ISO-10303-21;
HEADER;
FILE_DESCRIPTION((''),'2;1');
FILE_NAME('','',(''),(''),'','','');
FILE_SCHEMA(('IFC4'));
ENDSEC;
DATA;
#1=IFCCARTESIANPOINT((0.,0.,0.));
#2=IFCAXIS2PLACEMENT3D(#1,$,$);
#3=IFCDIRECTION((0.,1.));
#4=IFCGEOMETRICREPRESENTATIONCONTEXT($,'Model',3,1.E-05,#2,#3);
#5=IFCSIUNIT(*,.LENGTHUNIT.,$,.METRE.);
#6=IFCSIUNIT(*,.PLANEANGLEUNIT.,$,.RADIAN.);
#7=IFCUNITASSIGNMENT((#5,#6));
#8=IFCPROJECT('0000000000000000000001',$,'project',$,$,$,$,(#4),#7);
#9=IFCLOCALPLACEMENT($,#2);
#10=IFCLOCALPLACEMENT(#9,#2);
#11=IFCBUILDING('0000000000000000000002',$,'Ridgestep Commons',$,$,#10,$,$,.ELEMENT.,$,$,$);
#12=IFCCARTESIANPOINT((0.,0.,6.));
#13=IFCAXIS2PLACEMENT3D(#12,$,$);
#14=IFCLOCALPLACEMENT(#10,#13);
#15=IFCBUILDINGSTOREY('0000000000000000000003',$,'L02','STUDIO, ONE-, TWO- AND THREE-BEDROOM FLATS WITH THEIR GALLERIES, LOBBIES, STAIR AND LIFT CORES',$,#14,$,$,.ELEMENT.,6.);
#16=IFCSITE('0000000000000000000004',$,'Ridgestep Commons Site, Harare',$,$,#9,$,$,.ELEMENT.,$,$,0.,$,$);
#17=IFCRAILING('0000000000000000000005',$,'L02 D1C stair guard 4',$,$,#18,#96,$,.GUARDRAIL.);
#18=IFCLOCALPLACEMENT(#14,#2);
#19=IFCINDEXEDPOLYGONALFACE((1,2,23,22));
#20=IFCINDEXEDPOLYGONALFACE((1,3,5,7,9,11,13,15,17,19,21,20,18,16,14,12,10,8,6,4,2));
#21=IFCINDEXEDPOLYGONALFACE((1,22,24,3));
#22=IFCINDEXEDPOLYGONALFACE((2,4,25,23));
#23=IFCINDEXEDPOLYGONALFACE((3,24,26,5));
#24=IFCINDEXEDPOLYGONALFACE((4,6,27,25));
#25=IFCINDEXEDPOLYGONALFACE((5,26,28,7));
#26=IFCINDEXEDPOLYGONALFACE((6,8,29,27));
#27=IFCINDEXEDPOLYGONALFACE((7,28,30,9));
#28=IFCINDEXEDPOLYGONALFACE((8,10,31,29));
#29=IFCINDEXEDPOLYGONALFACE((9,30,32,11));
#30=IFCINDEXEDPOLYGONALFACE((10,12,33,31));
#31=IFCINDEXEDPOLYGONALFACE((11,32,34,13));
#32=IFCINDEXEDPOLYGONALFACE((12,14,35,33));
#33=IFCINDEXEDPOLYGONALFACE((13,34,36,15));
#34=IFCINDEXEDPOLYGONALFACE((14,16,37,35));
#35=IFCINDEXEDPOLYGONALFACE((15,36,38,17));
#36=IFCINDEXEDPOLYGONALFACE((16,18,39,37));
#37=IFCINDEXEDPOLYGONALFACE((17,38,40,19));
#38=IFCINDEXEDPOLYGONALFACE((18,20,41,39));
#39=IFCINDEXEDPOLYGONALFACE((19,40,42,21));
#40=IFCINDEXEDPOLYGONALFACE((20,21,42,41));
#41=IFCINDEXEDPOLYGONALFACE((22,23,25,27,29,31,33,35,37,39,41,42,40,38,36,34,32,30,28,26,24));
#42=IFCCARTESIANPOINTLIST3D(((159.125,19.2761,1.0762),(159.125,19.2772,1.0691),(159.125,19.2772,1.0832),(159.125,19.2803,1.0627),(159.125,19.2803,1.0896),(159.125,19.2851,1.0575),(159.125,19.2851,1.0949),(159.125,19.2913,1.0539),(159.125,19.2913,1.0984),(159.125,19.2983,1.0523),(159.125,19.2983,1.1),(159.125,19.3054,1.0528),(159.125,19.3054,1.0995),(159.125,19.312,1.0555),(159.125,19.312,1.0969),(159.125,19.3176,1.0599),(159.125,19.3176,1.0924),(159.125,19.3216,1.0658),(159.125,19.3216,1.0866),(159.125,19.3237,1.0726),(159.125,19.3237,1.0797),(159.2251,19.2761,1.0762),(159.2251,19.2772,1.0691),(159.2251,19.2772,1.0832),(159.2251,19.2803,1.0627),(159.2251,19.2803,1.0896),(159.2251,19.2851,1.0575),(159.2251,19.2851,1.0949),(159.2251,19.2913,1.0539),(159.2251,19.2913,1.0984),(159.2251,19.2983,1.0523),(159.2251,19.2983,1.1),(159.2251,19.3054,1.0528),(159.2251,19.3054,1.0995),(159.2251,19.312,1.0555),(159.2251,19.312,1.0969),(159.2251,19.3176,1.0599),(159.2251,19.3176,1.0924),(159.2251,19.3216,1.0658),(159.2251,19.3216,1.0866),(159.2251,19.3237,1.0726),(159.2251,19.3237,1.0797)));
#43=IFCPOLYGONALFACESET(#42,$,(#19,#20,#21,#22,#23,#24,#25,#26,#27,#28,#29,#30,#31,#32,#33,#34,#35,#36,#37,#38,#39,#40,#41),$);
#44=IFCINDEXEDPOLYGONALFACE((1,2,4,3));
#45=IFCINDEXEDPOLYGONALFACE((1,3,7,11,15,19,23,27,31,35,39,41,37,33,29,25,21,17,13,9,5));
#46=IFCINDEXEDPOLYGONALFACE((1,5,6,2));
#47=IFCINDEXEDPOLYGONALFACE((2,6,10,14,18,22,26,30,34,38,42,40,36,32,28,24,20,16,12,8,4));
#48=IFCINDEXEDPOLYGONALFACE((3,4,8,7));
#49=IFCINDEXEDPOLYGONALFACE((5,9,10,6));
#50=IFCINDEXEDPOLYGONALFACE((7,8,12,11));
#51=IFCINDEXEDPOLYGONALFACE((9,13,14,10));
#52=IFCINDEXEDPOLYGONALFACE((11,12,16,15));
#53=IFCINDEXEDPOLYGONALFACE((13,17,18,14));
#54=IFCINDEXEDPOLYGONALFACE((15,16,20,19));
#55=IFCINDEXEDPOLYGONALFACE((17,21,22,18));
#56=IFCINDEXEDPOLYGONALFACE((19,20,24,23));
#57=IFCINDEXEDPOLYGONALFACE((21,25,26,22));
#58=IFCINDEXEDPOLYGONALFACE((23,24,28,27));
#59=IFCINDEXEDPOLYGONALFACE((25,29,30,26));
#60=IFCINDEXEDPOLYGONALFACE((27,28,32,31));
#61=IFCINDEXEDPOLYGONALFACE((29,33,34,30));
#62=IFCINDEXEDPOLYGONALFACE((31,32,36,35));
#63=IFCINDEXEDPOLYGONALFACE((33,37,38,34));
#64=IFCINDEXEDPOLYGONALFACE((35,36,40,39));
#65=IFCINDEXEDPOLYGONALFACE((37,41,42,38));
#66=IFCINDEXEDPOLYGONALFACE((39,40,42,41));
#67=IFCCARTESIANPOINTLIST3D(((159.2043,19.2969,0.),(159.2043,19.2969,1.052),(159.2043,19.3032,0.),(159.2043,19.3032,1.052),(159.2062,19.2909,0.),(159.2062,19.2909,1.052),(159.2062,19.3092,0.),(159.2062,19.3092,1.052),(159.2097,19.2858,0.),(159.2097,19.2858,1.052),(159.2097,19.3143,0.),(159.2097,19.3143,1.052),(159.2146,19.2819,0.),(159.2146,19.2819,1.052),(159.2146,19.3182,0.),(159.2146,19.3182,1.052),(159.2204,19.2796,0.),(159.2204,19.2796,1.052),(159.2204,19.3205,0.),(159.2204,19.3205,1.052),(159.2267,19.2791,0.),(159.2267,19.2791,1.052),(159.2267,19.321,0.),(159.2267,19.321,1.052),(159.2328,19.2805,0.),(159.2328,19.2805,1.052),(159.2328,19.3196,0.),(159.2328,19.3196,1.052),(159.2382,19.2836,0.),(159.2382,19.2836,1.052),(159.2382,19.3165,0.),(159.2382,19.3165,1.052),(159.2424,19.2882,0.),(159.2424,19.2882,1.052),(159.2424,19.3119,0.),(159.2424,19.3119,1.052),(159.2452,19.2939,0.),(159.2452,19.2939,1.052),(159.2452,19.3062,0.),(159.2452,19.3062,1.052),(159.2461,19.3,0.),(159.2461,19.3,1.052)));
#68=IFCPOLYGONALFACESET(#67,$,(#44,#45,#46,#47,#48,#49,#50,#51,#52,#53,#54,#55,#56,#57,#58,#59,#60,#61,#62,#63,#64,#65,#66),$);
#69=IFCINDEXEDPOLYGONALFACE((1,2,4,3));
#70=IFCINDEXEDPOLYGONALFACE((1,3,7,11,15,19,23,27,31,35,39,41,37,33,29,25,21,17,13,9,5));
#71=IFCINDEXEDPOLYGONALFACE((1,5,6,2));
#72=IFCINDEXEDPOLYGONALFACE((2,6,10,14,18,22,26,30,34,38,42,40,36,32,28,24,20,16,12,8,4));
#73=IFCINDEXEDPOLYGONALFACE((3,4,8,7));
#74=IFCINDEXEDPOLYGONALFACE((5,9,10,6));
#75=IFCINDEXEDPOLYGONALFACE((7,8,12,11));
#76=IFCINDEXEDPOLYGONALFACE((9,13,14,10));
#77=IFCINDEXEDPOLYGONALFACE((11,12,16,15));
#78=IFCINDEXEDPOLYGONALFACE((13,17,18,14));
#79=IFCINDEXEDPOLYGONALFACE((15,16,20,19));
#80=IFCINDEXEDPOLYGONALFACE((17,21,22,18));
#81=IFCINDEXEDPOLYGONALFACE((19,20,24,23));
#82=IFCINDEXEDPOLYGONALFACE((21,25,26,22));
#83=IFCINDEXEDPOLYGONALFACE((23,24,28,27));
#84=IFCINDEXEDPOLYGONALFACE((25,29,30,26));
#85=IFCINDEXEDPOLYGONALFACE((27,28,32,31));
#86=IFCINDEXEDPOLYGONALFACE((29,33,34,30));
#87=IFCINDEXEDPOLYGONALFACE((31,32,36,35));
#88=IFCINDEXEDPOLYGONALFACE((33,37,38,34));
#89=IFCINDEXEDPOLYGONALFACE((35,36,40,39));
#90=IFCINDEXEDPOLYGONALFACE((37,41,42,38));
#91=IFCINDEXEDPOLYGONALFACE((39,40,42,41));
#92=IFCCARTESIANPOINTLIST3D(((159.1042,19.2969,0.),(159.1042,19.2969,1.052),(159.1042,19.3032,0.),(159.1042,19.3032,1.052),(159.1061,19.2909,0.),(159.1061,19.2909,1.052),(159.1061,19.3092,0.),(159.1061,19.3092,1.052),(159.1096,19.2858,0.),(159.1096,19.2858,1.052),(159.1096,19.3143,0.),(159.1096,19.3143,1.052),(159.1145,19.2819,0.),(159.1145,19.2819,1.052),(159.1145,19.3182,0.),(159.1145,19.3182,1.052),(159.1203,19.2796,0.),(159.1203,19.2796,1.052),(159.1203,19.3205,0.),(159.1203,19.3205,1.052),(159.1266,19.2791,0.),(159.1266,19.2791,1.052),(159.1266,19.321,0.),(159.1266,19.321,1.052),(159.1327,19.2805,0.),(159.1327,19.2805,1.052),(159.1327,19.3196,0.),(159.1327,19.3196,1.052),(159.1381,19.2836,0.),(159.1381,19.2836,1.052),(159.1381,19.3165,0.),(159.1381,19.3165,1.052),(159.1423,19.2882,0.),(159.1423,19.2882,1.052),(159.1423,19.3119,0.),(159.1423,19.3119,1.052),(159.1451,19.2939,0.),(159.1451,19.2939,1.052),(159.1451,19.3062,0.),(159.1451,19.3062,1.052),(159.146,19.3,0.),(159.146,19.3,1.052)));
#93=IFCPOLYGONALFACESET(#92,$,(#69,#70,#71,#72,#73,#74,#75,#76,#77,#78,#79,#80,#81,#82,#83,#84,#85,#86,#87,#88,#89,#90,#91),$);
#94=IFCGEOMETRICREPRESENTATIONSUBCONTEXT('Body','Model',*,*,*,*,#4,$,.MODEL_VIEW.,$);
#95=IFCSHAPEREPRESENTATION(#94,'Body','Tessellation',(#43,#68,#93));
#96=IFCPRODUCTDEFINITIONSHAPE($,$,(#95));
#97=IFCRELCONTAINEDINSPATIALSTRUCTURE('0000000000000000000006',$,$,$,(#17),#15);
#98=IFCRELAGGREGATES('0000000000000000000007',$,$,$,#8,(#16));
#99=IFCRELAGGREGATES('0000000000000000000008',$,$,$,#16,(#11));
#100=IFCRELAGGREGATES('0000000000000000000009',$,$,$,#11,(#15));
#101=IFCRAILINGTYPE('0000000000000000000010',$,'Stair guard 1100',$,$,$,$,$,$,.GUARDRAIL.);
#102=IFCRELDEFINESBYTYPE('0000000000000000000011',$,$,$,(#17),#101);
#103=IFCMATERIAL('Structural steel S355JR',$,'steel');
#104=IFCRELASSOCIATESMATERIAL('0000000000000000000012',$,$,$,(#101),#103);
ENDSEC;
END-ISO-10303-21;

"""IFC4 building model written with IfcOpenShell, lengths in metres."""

from ifc_helpers import new_model, si_unit, direction, frame, origin, origin_2d, place, context, subcontext, project, spatial, circle, extrude, material, type_object, element, save


model = new_model("IFC4")

# Units and contexts
model_context = context("Model", 3, precision=1e-05, world=origin(), true_north=direction((0.0, 1.0)))
body_context = subcontext(model_context, "Body", "Model", "MODEL_VIEW")
ifc_project = project(units=[si_unit("LENGTHUNIT", "METRE"), si_unit("PLANEANGLEUNIT", "RADIAN")], contexts=[model_context])

# Site, building, storey
site_placement = place(None, origin())
site = spatial("IfcSite", under=ifc_project, at=site_placement, Name="Ridgestep Commons Site, Harare", CompositionType="ELEMENT", RefElevation=0.0)
building_placement = place(site_placement, origin())
building = spatial("IfcBuilding", under=site, at=building_placement, Name="Ridgestep Commons", CompositionType="ELEMENT")
storey_placement = place(building_placement, frame((0.0, 0.0, 6.0)))
storey = spatial("IfcBuildingStorey", under=building, at=storey_placement, Name="L02", Description="STUDIO, ONE-, TWO- AND THREE-BEDROOM FLATS WITH THEIR GALLERIES, LOBBIES, STAIR AND LIFT CORES", CompositionType="ELEMENT", Elevation=6.0)

# Railing
ifc_material_1 = material(Name="Structural steel S355JR", Category="steel")
railing_type = type_object("IfcRailingType", Name="Stair guard 1100", PredefinedType="GUARDRAIL", material=ifc_material_1)
railing_placement = place(storey_placement, frame((159.2251, 19.3, 0.0)))
element("IfcRailing", 1, at=railing_placement, inside=storey, type_object=railing_type, Name="L02 D1C stair guard 4", PredefinedType="GUARDRAIL", context=body_context, shape_type="SweptSolid", body=[
    extrude(circle(Radius=0.0239, at=origin_2d()), frame((0.0, 0.0, 1.0762), z_axis=(-1.0, 0.0, 0.0), x_axis=(0.0, -1.0, 0.0)), (0.0, 0.0, 1.0), 0.1001),
    extrude(circle(Radius=0.021, at=origin_2d()), origin(), (0.0, 0.0, 1.0), 1.052),
    extrude(circle(Radius=0.021, at=origin_2d()), frame((-0.1001, 0.0, 0.0)), (0.0, 0.0, 1.0), 1.052),
])

save(model, "model.ifc")
